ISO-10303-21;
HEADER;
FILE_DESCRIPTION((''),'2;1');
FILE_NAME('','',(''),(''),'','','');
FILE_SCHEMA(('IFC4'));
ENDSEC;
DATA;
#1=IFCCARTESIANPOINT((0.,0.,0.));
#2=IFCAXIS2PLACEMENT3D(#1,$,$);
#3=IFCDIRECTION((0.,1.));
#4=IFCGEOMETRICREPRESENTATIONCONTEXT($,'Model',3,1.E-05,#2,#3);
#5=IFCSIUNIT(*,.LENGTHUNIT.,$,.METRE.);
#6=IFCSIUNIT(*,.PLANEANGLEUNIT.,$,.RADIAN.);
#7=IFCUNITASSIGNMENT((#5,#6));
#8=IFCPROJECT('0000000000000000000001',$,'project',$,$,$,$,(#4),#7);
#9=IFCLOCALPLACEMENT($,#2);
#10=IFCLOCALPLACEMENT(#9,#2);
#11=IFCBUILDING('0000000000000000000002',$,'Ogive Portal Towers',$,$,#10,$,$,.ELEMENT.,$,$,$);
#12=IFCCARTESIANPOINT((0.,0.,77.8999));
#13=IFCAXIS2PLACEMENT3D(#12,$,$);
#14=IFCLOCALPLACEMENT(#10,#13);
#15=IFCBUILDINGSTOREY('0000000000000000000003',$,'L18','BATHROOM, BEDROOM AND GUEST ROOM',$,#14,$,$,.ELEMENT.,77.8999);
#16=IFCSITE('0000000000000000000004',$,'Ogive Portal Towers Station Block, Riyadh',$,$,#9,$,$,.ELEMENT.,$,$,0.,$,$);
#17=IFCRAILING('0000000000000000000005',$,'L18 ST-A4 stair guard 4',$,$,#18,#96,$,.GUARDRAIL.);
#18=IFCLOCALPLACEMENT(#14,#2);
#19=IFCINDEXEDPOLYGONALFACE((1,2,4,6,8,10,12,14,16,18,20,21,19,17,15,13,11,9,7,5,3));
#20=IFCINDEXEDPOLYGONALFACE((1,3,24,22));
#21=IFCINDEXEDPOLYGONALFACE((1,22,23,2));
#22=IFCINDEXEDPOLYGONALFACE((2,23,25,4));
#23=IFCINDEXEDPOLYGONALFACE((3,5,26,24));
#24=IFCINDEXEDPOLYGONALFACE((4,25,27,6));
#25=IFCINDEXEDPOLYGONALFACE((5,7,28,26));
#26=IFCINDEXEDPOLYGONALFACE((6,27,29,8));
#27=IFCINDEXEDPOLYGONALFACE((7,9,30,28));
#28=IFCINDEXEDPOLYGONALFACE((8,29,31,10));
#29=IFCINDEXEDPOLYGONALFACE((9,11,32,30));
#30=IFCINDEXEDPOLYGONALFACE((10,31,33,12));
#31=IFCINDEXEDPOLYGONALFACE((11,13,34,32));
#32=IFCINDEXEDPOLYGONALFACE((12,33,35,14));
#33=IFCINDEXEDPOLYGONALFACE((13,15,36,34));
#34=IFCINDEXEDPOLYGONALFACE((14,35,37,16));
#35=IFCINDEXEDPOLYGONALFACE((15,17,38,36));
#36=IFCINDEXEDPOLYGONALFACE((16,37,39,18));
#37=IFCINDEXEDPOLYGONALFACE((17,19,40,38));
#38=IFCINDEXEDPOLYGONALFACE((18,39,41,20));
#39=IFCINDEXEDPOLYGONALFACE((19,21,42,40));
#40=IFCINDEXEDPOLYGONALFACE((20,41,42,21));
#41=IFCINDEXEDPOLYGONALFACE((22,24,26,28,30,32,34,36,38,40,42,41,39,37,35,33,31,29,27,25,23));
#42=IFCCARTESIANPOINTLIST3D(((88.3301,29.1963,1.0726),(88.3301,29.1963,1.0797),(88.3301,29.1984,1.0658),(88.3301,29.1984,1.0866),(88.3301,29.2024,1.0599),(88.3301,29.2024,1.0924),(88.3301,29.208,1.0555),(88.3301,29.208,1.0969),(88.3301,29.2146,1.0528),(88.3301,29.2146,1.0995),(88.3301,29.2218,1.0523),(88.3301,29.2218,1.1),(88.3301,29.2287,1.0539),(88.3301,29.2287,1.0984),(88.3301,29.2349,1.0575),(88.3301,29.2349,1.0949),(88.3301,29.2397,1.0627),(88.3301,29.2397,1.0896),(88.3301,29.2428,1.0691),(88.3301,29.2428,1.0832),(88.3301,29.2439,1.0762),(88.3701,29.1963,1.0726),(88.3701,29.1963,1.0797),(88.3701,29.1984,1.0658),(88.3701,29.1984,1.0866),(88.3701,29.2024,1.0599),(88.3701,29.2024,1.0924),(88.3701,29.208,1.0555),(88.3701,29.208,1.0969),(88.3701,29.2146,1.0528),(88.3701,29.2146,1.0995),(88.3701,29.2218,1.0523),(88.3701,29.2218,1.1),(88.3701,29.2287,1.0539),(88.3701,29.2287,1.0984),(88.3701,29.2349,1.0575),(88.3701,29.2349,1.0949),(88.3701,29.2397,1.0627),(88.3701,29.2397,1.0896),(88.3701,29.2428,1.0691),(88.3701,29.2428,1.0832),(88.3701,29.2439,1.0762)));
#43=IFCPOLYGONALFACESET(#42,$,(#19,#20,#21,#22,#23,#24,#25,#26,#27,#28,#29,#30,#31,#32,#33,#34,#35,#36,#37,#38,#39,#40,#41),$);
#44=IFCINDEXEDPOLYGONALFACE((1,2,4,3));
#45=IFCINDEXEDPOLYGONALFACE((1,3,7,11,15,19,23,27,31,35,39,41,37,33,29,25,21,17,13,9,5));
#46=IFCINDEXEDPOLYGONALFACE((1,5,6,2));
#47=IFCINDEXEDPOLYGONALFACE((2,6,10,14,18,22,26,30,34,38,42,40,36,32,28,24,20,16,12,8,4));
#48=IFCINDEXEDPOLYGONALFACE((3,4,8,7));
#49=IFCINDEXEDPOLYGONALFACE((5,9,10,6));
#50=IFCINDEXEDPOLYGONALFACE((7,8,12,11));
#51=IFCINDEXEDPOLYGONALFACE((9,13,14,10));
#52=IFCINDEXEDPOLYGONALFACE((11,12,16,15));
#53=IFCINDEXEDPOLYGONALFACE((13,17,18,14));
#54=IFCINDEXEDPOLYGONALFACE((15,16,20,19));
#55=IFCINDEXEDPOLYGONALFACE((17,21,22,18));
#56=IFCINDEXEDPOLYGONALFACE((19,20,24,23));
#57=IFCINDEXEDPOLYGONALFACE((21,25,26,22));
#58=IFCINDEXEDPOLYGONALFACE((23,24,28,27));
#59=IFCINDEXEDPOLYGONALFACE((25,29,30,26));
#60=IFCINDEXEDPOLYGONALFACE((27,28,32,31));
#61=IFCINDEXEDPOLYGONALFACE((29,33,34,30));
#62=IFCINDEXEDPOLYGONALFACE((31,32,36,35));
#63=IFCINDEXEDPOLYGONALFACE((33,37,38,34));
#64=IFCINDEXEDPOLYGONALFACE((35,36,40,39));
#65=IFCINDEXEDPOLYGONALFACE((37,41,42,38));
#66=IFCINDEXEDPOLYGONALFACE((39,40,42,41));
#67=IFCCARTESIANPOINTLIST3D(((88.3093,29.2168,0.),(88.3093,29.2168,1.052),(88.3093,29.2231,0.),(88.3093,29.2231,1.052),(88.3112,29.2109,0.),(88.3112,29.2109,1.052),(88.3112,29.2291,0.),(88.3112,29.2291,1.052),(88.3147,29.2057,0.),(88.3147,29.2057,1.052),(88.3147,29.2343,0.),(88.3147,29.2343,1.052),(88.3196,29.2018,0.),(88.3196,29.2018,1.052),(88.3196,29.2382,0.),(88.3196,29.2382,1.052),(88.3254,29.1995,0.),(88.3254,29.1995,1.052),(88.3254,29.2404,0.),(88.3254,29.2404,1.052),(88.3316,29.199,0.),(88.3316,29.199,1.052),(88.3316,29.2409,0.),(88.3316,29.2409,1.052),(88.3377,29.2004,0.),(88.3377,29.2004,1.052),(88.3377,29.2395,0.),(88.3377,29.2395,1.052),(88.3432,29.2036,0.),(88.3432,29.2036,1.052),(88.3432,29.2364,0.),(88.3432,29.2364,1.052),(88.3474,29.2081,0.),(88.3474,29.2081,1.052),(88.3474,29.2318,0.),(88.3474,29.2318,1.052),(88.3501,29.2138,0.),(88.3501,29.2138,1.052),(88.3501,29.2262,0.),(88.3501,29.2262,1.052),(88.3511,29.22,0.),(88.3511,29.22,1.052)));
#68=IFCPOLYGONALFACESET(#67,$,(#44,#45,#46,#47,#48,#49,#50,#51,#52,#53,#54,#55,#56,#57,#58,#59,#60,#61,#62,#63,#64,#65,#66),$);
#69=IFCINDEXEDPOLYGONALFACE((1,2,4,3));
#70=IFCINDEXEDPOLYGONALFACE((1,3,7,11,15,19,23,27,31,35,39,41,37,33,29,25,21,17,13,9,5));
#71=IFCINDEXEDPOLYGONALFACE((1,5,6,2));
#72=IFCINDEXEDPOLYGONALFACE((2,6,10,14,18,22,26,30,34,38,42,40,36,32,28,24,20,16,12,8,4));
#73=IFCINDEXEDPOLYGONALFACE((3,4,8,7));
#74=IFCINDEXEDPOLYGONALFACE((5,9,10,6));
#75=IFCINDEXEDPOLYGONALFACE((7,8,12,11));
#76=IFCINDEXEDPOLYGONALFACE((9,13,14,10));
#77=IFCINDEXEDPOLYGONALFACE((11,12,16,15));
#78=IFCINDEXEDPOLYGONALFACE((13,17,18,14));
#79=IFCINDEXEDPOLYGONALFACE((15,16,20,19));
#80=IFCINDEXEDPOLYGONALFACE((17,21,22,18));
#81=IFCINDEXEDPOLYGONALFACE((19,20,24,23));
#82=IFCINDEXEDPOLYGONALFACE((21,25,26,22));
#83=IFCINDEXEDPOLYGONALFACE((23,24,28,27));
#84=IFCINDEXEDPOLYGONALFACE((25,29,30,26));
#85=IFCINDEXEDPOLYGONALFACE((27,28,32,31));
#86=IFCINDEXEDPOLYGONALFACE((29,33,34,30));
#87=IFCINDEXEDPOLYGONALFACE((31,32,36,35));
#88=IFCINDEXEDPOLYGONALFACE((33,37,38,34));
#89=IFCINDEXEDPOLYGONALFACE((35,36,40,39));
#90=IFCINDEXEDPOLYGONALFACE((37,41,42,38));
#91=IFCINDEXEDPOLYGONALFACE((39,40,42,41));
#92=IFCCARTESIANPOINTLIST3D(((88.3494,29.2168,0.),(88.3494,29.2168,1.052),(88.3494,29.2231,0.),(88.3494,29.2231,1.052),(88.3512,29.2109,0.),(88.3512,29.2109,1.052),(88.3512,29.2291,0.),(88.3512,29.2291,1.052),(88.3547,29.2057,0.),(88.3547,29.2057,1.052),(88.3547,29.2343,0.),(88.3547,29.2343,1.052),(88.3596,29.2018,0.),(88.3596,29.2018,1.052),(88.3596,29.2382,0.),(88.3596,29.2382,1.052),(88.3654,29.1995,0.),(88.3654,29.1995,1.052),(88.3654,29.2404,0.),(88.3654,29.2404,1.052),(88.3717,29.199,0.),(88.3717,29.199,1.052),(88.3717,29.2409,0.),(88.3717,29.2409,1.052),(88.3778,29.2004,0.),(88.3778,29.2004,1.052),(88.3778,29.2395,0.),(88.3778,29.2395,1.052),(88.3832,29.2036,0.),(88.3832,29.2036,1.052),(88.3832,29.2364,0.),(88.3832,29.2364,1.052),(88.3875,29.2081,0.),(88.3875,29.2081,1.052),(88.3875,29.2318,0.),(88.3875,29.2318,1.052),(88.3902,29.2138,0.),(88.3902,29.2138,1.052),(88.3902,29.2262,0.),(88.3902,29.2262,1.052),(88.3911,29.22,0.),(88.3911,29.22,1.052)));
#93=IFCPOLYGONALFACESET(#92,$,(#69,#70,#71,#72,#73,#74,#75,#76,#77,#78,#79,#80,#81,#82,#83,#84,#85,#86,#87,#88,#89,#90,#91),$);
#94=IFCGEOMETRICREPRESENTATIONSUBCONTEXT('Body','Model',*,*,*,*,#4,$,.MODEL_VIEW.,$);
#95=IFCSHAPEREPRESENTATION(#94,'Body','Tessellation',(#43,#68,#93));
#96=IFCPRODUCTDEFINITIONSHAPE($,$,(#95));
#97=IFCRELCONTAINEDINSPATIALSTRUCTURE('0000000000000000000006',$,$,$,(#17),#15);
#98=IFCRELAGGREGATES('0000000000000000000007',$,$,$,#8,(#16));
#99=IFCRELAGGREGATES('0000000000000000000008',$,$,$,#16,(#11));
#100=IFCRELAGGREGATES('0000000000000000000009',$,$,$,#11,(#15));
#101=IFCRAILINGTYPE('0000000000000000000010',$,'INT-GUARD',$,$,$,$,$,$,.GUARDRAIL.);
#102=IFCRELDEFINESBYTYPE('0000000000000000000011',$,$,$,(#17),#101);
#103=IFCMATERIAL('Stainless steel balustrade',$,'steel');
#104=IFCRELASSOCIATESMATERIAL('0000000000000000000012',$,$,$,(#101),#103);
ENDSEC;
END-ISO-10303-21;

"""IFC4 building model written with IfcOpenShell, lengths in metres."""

from ifc_helpers import new_model, si_unit, direction, frame, origin, origin_2d, place, context, subcontext, project, spatial, circle, extrude, material, type_object, element, save


model = new_model("IFC4")

# Units and contexts
model_context = context("Model", 3, precision=1e-05, world=origin(), true_north=direction((0.0, 1.0)))
body_context = subcontext(model_context, "Body", "Model", "MODEL_VIEW")
ifc_project = project(units=[si_unit("LENGTHUNIT", "METRE"), si_unit("PLANEANGLEUNIT", "RADIAN")], contexts=[model_context])

# Site, building, storey
site_placement = place(None, origin())
site = spatial("IfcSite", under=ifc_project, at=site_placement, Name="Ogive Portal Towers Station Block, Riyadh", CompositionType="ELEMENT", RefElevation=0.0)
building_placement = place(site_placement, origin())
building = spatial("IfcBuilding", under=site, at=building_placement, Name="Ogive Portal Towers", CompositionType="ELEMENT")
storey_placement = place(building_placement, frame((0.0, 0.0, 77.8999)))
storey = spatial("IfcBuildingStorey", under=building, at=storey_placement, Name="L18", Description="BATHROOM, BEDROOM AND GUEST ROOM", CompositionType="ELEMENT", Elevation=77.8999)

# Railing
ifc_material_1 = material(Name="Stainless steel balustrade", Category="steel")
railing_type_1 = type_object("IfcRailingType", Name="INT-GUARD", PredefinedType="GUARDRAIL", material=ifc_material_1)
railing_1_placement = place(storey_placement, frame((88.3301, 29.22, 0.0)))
element("IfcRailing", 1, at=railing_1_placement, inside=storey, type_object=railing_type_1, Name="L18 ST-A4 stair guard 4", PredefinedType="GUARDRAIL", context=body_context, shape_type="SweptSolid", body=[
    extrude(circle(Radius=0.0239, at=origin_2d()), frame((0.0, 0.0, 1.0762), z_axis=(1.0, 0.0, 0.0), x_axis=(0.0, 1.0, 0.0)), (0.0, 0.0, 1.0), 0.04),
    extrude(circle(Radius=0.021, at=origin_2d()), origin(), (0.0, 0.0, 1.0), 1.052),
    extrude(circle(Radius=0.021, at=origin_2d()), frame((0.04, 0.0, 0.0)), (0.0, 0.0, 1.0), 1.052),
])

save(model, "model.ifc")
